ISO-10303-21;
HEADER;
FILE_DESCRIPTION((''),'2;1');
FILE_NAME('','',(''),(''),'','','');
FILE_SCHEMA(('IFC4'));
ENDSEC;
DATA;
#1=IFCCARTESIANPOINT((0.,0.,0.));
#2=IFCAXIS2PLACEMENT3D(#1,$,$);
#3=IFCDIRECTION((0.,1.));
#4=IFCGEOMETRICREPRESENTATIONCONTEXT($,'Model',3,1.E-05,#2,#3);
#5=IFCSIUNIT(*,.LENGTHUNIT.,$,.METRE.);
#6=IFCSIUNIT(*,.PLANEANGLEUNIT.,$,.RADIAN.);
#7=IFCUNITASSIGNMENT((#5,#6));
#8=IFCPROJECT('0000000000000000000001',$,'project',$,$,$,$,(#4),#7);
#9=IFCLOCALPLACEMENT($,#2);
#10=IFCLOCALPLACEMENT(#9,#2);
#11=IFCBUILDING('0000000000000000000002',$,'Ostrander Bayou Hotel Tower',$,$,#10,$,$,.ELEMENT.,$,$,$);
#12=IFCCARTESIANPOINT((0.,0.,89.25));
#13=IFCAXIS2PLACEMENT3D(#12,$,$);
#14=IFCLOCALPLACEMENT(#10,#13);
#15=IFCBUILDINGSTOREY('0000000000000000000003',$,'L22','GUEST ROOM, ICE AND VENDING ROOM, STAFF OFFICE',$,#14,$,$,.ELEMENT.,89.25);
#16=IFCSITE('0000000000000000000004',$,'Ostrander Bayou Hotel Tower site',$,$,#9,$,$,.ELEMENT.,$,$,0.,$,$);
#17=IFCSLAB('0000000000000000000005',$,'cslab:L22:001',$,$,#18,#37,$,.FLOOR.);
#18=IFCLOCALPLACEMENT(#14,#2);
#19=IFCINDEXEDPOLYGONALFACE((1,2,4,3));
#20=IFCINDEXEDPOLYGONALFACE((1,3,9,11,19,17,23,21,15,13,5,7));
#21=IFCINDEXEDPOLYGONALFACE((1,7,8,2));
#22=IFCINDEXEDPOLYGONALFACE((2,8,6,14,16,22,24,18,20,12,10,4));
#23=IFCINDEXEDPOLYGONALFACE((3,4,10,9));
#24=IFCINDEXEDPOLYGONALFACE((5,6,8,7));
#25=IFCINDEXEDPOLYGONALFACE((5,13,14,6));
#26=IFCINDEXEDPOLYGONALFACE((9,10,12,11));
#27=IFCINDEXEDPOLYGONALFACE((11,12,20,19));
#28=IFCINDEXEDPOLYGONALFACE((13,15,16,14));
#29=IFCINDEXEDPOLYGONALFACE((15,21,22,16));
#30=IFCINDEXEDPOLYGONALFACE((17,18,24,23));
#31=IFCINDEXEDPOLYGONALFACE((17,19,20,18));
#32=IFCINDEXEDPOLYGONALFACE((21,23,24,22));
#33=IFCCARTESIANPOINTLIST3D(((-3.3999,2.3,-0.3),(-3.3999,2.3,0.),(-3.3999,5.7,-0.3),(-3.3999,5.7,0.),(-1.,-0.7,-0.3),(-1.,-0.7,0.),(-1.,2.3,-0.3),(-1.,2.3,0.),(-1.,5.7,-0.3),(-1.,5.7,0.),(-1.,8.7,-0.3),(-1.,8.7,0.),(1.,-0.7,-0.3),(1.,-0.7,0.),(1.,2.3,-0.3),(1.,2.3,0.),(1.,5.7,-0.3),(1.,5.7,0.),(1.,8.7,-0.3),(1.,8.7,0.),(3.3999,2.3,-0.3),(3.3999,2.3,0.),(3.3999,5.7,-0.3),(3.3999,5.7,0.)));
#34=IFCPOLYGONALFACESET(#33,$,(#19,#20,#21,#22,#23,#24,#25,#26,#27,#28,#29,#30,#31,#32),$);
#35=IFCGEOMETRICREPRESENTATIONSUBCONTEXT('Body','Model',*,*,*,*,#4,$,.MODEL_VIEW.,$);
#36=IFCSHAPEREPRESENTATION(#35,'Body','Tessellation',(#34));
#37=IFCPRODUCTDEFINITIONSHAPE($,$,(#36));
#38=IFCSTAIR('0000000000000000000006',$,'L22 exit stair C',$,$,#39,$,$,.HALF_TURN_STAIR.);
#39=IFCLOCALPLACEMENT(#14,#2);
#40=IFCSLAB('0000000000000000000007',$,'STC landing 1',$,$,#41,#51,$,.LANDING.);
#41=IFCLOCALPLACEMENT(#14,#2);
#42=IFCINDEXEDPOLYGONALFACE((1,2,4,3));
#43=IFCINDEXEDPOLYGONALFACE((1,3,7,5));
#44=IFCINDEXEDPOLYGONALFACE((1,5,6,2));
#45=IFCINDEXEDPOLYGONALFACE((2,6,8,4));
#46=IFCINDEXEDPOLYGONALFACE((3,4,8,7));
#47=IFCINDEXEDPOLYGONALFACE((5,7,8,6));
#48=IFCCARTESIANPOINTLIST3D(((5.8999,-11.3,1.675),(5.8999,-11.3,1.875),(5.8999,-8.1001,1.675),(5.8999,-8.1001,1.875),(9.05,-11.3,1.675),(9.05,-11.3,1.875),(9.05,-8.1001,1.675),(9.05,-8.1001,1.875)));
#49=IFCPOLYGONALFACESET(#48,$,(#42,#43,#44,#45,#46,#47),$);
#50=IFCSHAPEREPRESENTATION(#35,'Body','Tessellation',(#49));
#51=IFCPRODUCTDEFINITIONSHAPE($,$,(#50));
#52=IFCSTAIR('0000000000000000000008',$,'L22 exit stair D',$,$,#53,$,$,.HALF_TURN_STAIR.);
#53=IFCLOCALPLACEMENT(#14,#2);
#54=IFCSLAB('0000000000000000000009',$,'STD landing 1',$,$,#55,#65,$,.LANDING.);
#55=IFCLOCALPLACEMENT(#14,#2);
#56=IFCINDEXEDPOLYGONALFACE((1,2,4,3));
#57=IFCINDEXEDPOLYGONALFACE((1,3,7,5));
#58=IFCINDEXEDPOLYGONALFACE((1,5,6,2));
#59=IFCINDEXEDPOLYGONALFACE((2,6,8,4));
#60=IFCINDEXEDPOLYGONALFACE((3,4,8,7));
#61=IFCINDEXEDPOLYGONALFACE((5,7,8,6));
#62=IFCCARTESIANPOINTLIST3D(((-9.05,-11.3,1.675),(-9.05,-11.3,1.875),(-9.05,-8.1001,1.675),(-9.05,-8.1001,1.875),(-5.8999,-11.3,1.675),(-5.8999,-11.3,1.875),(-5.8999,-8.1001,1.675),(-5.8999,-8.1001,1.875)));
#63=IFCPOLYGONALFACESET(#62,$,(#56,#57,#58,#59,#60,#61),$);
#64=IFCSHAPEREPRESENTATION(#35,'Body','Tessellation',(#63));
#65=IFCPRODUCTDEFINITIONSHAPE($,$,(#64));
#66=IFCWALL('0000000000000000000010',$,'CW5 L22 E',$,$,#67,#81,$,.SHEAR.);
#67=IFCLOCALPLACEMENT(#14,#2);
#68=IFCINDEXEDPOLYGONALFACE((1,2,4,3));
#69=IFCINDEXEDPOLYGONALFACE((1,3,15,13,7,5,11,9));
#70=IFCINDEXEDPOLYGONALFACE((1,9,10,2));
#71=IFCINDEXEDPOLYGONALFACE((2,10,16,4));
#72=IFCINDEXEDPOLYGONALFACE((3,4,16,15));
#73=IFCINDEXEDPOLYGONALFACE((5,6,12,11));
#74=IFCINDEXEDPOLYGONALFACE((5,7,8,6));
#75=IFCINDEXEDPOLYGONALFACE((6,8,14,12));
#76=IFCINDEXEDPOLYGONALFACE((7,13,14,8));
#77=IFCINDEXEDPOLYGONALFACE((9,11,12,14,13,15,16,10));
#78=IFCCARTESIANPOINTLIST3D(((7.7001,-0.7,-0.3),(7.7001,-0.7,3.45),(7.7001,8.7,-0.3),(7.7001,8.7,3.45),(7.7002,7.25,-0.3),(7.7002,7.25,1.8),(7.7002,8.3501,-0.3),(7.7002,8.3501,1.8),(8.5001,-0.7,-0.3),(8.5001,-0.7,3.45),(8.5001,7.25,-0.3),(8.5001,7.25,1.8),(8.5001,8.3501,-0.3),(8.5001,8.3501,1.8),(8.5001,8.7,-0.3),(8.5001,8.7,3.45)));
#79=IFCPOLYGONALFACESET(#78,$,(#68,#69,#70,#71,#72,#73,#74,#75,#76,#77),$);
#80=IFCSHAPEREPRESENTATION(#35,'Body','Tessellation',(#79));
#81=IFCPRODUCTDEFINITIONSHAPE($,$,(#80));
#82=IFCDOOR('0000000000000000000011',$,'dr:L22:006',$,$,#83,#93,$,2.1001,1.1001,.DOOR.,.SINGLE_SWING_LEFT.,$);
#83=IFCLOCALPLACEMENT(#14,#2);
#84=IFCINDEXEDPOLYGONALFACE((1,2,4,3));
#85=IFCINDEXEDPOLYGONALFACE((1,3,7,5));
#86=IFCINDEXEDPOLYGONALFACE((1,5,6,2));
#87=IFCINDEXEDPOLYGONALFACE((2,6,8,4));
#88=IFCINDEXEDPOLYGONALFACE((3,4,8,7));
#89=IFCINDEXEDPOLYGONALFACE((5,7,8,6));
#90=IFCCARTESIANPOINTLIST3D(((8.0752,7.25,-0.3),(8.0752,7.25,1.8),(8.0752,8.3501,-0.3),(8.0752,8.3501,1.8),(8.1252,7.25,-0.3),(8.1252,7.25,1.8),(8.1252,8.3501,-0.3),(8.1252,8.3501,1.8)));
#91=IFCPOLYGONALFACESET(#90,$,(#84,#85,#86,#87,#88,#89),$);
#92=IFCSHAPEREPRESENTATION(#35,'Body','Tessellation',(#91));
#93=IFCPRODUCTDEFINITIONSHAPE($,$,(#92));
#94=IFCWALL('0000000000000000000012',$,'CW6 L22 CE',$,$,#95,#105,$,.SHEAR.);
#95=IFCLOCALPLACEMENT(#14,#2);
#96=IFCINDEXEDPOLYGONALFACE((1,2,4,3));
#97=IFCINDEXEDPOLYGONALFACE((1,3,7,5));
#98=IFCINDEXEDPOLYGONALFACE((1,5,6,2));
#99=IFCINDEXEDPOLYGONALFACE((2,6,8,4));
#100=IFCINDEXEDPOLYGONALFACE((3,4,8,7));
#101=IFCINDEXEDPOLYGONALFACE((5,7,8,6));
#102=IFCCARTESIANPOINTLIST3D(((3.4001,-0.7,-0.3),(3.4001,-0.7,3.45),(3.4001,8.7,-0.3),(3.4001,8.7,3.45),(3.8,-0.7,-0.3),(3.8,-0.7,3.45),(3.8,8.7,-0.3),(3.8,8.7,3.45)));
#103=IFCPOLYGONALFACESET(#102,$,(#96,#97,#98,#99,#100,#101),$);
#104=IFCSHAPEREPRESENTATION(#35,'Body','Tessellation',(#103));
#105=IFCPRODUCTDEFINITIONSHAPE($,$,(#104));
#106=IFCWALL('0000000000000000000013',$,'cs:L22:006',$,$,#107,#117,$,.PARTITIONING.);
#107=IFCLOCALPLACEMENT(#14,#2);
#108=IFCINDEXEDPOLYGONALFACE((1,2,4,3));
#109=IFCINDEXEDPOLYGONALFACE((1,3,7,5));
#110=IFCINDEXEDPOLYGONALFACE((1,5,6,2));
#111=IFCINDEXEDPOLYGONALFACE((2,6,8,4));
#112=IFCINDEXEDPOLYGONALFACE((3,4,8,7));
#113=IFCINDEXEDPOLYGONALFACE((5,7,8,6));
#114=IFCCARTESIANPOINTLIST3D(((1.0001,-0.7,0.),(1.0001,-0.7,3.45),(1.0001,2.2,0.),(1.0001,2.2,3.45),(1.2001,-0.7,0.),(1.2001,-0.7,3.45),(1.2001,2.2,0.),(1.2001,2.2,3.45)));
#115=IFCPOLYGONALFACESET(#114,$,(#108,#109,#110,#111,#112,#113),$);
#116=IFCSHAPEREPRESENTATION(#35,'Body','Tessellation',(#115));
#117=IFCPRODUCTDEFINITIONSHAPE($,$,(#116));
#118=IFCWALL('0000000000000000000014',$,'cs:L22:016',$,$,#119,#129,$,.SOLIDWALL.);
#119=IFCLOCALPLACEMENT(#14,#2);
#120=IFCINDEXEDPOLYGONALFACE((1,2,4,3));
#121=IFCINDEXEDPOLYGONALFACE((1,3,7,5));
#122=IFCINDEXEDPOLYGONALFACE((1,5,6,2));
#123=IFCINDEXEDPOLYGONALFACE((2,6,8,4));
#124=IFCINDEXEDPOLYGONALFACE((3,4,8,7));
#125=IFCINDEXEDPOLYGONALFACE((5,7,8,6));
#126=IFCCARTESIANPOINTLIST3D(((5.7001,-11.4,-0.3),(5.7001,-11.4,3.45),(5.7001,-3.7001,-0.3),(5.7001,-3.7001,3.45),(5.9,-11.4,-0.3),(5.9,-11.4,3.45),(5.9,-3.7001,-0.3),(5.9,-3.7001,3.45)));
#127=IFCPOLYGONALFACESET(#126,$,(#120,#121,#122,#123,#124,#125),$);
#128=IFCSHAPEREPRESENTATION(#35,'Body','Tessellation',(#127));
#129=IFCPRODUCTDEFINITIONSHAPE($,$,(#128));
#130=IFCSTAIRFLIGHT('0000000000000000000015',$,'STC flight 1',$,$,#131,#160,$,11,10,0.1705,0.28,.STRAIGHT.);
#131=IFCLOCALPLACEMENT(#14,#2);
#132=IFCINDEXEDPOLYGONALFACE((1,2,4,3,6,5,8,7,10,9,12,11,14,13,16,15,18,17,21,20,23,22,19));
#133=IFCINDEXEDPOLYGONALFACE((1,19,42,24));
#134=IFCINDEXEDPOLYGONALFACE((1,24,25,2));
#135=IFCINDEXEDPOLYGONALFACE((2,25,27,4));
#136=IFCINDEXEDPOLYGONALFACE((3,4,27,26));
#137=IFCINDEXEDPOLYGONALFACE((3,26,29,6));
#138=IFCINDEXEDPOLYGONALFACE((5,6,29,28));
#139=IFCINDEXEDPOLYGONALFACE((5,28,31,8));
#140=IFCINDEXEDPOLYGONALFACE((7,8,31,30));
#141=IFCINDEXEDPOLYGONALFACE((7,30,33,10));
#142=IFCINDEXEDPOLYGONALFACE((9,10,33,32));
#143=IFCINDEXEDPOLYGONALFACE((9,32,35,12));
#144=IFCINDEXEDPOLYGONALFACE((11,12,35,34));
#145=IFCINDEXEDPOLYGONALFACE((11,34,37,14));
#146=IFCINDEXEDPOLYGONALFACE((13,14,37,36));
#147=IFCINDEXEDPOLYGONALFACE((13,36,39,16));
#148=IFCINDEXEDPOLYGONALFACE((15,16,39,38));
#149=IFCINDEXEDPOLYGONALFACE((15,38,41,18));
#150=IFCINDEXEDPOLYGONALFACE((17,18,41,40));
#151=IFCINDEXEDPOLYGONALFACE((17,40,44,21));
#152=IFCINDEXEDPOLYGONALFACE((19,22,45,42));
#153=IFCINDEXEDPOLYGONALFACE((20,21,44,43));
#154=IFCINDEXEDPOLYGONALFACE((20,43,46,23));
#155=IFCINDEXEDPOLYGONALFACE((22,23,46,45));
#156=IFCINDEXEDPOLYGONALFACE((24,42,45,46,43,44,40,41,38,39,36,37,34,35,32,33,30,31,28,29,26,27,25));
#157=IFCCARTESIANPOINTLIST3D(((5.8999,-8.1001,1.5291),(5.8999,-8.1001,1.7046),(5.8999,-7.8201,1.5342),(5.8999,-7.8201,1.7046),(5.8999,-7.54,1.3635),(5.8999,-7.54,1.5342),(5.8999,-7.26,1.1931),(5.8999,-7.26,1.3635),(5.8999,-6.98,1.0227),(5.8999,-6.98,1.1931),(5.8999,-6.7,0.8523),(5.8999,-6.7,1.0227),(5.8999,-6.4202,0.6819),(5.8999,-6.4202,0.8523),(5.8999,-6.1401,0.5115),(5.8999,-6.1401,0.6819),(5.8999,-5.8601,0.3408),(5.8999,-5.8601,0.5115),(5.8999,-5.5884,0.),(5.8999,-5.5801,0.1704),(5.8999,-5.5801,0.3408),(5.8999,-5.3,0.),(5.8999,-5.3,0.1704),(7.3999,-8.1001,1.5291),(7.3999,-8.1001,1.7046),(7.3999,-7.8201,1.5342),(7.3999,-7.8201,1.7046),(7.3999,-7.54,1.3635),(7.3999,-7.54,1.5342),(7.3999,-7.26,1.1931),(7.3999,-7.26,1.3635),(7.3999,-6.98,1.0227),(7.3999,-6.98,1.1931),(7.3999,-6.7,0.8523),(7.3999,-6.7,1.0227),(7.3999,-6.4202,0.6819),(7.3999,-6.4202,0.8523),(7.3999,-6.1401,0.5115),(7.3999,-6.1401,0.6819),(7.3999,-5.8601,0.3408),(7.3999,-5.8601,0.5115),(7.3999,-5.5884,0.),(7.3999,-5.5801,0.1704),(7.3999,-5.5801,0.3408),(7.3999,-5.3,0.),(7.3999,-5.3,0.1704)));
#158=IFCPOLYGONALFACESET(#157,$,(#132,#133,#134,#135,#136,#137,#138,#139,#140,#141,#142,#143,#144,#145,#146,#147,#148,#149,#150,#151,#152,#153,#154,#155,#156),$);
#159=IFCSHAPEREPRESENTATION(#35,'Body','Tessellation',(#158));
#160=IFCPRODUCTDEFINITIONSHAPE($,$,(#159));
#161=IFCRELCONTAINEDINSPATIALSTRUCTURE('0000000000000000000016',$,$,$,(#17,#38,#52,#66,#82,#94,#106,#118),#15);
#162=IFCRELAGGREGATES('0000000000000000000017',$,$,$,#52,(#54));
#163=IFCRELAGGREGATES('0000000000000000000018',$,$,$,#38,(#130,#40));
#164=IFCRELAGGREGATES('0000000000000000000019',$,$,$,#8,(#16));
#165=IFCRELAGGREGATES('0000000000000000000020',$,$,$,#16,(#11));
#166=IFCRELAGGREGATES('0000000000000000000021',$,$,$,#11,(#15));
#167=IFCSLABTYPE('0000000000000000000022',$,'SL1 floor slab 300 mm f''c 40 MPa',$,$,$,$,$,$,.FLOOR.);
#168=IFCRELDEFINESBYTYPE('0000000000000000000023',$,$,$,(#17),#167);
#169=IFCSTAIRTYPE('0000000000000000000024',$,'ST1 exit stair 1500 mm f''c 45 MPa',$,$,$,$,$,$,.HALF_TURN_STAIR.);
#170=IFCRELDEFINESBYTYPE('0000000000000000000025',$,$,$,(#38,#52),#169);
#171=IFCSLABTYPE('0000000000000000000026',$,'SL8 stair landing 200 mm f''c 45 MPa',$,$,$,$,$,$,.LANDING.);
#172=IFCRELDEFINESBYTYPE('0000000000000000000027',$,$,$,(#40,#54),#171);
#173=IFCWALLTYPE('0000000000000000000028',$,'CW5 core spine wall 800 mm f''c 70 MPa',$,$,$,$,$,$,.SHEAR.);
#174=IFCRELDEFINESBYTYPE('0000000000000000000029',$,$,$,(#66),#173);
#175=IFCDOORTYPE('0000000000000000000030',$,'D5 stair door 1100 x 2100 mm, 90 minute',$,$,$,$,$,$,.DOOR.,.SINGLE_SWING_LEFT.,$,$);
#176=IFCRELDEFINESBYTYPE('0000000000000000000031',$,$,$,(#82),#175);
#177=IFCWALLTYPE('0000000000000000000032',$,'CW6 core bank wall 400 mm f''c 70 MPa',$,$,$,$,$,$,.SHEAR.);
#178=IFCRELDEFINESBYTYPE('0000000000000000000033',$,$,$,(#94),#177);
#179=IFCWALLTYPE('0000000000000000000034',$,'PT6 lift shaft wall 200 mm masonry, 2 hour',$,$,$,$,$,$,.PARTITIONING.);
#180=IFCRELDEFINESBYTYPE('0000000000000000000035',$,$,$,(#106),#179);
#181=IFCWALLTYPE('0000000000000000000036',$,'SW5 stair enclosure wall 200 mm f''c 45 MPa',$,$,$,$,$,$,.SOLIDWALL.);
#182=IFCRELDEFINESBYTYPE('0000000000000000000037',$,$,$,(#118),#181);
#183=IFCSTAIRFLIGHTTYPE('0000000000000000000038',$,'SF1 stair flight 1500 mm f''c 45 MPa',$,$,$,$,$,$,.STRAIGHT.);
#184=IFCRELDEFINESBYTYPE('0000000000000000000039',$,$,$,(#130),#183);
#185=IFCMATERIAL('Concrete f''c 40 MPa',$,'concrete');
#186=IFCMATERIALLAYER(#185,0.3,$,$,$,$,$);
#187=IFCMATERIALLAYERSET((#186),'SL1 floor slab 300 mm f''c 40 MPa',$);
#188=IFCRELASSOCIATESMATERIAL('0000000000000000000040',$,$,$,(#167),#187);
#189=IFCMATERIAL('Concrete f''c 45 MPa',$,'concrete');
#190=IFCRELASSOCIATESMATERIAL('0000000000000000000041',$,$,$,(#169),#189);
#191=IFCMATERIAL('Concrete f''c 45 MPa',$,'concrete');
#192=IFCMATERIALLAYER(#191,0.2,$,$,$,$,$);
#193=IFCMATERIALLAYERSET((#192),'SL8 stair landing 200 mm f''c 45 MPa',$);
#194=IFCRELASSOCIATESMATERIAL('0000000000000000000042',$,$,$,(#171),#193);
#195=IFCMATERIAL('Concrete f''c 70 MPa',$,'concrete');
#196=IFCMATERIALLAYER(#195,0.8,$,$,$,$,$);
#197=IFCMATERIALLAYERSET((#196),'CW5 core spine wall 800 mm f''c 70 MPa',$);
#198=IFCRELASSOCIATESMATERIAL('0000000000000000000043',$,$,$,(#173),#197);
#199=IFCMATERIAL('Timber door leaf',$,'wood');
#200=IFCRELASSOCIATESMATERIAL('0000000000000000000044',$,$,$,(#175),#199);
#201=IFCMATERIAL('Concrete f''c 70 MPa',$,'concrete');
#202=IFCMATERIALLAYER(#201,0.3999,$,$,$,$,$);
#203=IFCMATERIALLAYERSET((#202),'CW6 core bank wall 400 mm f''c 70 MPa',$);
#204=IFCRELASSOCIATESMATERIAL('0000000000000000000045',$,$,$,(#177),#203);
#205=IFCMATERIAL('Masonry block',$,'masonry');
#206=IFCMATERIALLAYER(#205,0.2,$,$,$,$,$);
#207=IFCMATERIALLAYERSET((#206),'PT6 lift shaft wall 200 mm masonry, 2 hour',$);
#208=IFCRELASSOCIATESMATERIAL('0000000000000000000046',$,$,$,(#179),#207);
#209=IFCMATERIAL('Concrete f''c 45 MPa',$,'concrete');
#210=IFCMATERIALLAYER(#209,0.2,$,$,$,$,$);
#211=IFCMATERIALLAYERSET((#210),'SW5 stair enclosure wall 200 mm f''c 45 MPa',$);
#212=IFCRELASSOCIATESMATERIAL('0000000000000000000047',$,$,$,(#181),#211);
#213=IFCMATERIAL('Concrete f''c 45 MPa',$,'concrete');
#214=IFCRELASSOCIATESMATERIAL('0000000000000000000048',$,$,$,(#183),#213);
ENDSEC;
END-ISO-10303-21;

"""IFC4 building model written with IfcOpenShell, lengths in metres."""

from ifc_helpers import new_model, si_unit, direction, frame, frame_2d, origin, place, context, subcontext, project, spatial, polyline, rectangle, outline, extrude, material, layer, layer_set, type_object, element, fill, aggregate, save


model = new_model("IFC4")

# Units and contexts
model_context = context("Model", 3, precision=1e-05, world=origin(), true_north=direction((0.0, 1.0)))
body_context = subcontext(model_context, "Body", "Model", "MODEL_VIEW")
ifc_project = project(units=[si_unit("LENGTHUNIT", "METRE"), si_unit("PLANEANGLEUNIT", "RADIAN")], contexts=[model_context])

# Site, building, storey
site_placement = place(None, origin())
site = spatial("IfcSite", under=ifc_project, at=site_placement, Name="Ostrander Bayou Hotel Tower site", CompositionType="ELEMENT", RefElevation=0.0)
building_placement = place(site_placement, origin())
building = spatial("IfcBuilding", under=site, at=building_placement, Name="Ostrander Bayou Hotel Tower", CompositionType="ELEMENT")
storey_placement = place(building_placement, frame((0.0, 0.0, 89.25)))
storey = spatial("IfcBuildingStorey", under=building, at=storey_placement, Name="L22", Description="GUEST ROOM, ICE AND VENDING ROOM, STAFF OFFICE", CompositionType="ELEMENT", Elevation=89.25)

# Slab
ifc_material_1 = material(Name="Concrete f'c 40 MPa", Category="concrete")
ifc_layer_1 = layer(ifc_material_1, 0.3)
ifc_layer_set_1 = layer_set([ifc_layer_1], Name="SL1 floor slab 300 mm f'c 40 MPa")
slab_type_1 = type_object("IfcSlabType", Name="SL1 floor slab 300 mm f'c 40 MPa", PredefinedType="FLOOR", material=ifc_layer_set_1)
slab_1_placement = place(storey_placement, frame((0.0, 0.0, -0.3)))
element("IfcSlab", 1, at=slab_1_placement, inside=storey, type_object=slab_type_1, Name="cslab:L22:001", PredefinedType="FLOOR", context=body_context, shape_type="SweptSolid", body=[
    extrude(outline(polyline([(-3.3999, 5.7), (-1.0, 5.7), (-1.0, 8.7), (1.0, 8.7), (1.0, 5.7), (3.3999, 5.7), (3.3999, 2.3), (1.0, 2.3), (1.0, -0.7), (-1.0, -0.7), (-1.0, 2.3), (-3.3999, 2.3), (-3.3999, 5.7)])), origin(), (0.0, 0.0, 1.0), 0.3),
])

# Stairs, slabs
ifc_material_2 = material(Name="Concrete f'c 45 MPa", Category="concrete")
stair_type = type_object("IfcStairType", Name="ST1 exit stair 1500 mm f'c 45 MPa", PredefinedType="HALF_TURN_STAIR", material=ifc_material_2)
stair_1_placement = place(storey_placement, origin())
stair_1 = element("IfcStair", 2, at=stair_1_placement, inside=storey, type_object=stair_type, Name="L22 exit stair C", PredefinedType="HALF_TURN_STAIR")
ifc_material_3 = material(Name="Concrete f'c 45 MPa", Category="concrete")
ifc_layer_2 = layer(ifc_material_3, 0.2)
ifc_layer_set_2 = layer_set([ifc_layer_2], Name="SL8 stair landing 200 mm f'c 45 MPa")
slab_type_2 = type_object("IfcSlabType", Name="SL8 stair landing 200 mm f'c 45 MPa", PredefinedType="LANDING", material=ifc_layer_set_2)
slab_2_placement = place(storey_placement, frame((0.0, 0.0, 1.675)))
slab_2 = element("IfcSlab", 3, at=slab_2_placement, type_object=slab_type_2, Name="STC landing 1", PredefinedType="LANDING", context=body_context, shape_type="SweptSolid", body=[
    extrude(outline(polyline([(5.8999, -8.1001), (5.8999, -11.3), (9.05, -11.3), (9.05, -8.1001), (5.8999, -8.1001)])), origin(), (0.0, 0.0, 1.0), 0.2),
])
stair_2_placement = place(storey_placement, origin())
stair_2 = element("IfcStair", 4, at=stair_2_placement, inside=storey, type_object=stair_type, Name="L22 exit stair D", PredefinedType="HALF_TURN_STAIR")
slab_3_placement = place(storey_placement, frame((0.0, 0.0, 1.675)))
slab_3 = element("IfcSlab", 5, at=slab_3_placement, type_object=slab_type_2, Name="STD landing 1", PredefinedType="LANDING", context=body_context, shape_type="SweptSolid", body=[
    extrude(outline(polyline([(-9.05, -8.1001), (-9.05, -11.3), (-5.8999, -11.3), (-5.8999, -8.1001), (-9.05, -8.1001)])), origin(), (0.0, 0.0, 1.0), 0.2),
])
aggregate(stair_2, [slab_3])

# Wall, opening, door
ifc_material_4 = material(Name="Concrete f'c 70 MPa", Category="concrete")
ifc_layer_3 = layer(ifc_material_4, 0.8)
ifc_layer_set_3 = layer_set([ifc_layer_3], Name="CW5 core spine wall 800 mm f'c 70 MPa")
wall_type_1 = type_object("IfcWallType", Name="CW5 core spine wall 800 mm f'c 70 MPa", PredefinedType="SHEAR", material=ifc_layer_set_3)
wall_1_placement = place(storey_placement, frame((8.1001, -0.7, -0.3), z_axis=(0.0, 0.0, 1.0), x_axis=(0.0, 1.0, 0.0)))
wall_1 = element("IfcWall", 6, at=wall_1_placement, inside=storey, type_object=wall_type_1, Name="CW5 L22 E", PredefinedType="SHEAR", context=body_context, shape_type="SweptSolid", body=[
    extrude(rectangle(XDim=9.3999, YDim=0.8, at=frame_2d((4.7, 0.0))), origin(), (0.0, 0.0, 1.0), 3.75),
])
opening_1_placement = place(wall_1_placement, frame((7.95, 0.0, 0.0)))
opening_1 = element("IfcOpeningElement", 7, at=opening_1_placement, cuts=wall_1, PredefinedType="OPENING", context=body_context, shape_type="SweptSolid", body=[
    extrude(rectangle(XDim=1.1001, YDim=2.1001, at=frame_2d((0.55, 1.05))), frame((0.0, 0.3999, 0.0), z_axis=(0.0, -1.0, 0.0), x_axis=(1.0, 0.0, 0.0)), (0.0, 0.0, 1.0), 0.8),
])
ifc_material_5 = material(Name="Timber door leaf", Category="wood")
door_type = type_object("IfcDoorType", Name="D5 stair door 1100 x 2100 mm, 90 minute", OperationType="SINGLE_SWING_LEFT", PredefinedType="DOOR", material=ifc_material_5)
door_1_placement = place(opening_1_placement, origin())
door_1 = element("IfcDoor", 8, at=door_1_placement, inside=storey, type_object=door_type, Name="dr:L22:006", OperationType="SINGLE_SWING_LEFT", OverallHeight=2.1001, OverallWidth=1.1001, PredefinedType="DOOR", context=body_context, shape_type="SweptSolid", body=[
    extrude(rectangle(XDim=1.1001, YDim=2.1001, at=frame_2d((0.55, 1.05))), frame((0.0, 0.0249, 0.0), z_axis=(0.0, -1.0, 0.0), x_axis=(1.0, 0.0, 0.0)), (0.0, 0.0, 1.0), 0.05),
])
fill(opening_1, door_1)

# Walls
ifc_material_6 = material(Name="Concrete f'c 70 MPa", Category="concrete")
ifc_layer_4 = layer(ifc_material_6, 0.3999)
ifc_layer_set_4 = layer_set([ifc_layer_4], Name="CW6 core bank wall 400 mm f'c 70 MPa")
wall_type_2 = type_object("IfcWallType", Name="CW6 core bank wall 400 mm f'c 70 MPa", PredefinedType="SHEAR", material=ifc_layer_set_4)
wall_2_placement = place(storey_placement, frame((3.6001, -0.7, -0.3), z_axis=(0.0, 0.0, 1.0), x_axis=(0.0, 1.0, 0.0)))
element("IfcWall", 9, at=wall_2_placement, inside=storey, type_object=wall_type_2, Name="CW6 L22 CE", PredefinedType="SHEAR", context=body_context, shape_type="SweptSolid", body=[
    extrude(rectangle(XDim=9.3999, YDim=0.3999, at=frame_2d((4.7, 0.0))), origin(), (0.0, 0.0, 1.0), 3.75),
])
ifc_material_7 = material(Name="Masonry block", Category="masonry")
ifc_layer_5 = layer(ifc_material_7, 0.2)
ifc_layer_set_5 = layer_set([ifc_layer_5], Name="PT6 lift shaft wall 200 mm masonry, 2 hour")
wall_type_3 = type_object("IfcWallType", Name="PT6 lift shaft wall 200 mm masonry, 2 hour", PredefinedType="PARTITIONING", material=ifc_layer_set_5)
wall_3_placement = place(storey_placement, frame((1.1001, -0.7, 0.0), z_axis=(0.0, 0.0, 1.0), x_axis=(0.0, 1.0, 0.0)))
element("IfcWall", 10, at=wall_3_placement, inside=storey, type_object=wall_type_3, Name="cs:L22:006", PredefinedType="PARTITIONING", context=body_context, shape_type="SweptSolid", body=[
    extrude(rectangle(XDim=2.8999, YDim=0.2, at=frame_2d((1.45, 0.0))), origin(), (0.0, 0.0, 1.0), 3.45),
])

# Shared definitions
ifc_material_8 = material(Name="Concrete f'c 45 MPa", Category="concrete")
ifc_layer_6 = layer(ifc_material_8, 0.2)
ifc_layer_set_6 = layer_set([ifc_layer_6], Name="SW5 stair enclosure wall 200 mm f'c 45 MPa")
wall_type_4 = type_object("IfcWallType", Name="SW5 stair enclosure wall 200 mm f'c 45 MPa", PredefinedType="SOLIDWALL", material=ifc_layer_set_6)

# Wall
wall_4_placement = place(storey_placement, frame((5.8, -3.7, -0.3), z_axis=(0.0, 0.0, 1.0), x_axis=(0.0, -1.0, 0.0)))
element("IfcWall", 11, at=wall_4_placement, inside=storey, type_object=wall_type_4, Name="cs:L22:016", PredefinedType="SOLIDWALL", context=body_context, shape_type="SweptSolid", body=[
    extrude(rectangle(XDim=7.7, YDim=0.2, at=frame_2d((3.8501, 0.0))), origin(), (0.0, 0.0, 1.0), 3.75),
])

# Stair flight
ifc_material_9 = material(Name="Concrete f'c 45 MPa", Category="concrete")
stair_flight_type = type_object("IfcStairFlightType", Name="SF1 stair flight 1500 mm f'c 45 MPa", PredefinedType="STRAIGHT", material=ifc_material_9)
stair_flight_placement = place(storey_placement, frame((6.6499, -5.3, 0.0), z_axis=(0.0, 0.0, 1.0), x_axis=(0.0, -1.0, 0.0)))
stair_flight = element("IfcStairFlight", 12, at=stair_flight_placement, type_object=stair_flight_type, Name="STC flight 1", NumberOfRisers=11, NumberOfTreads=10, PredefinedType="STRAIGHT", RiserHeight=0.1705, TreadLength=0.28, context=body_context, shape_type="SweptSolid", body=[
    extrude(outline(polyline([(0.0, 0.0), (0.0, 0.1704), (0.28, 0.1704), (0.28, 0.3408), (0.5601, 0.3408), (0.5601, 0.5115), (0.8401, 0.5115), (0.8401, 0.6819), (1.1201, 0.6819), (1.1201, 0.8523), (1.3999, 0.8523), (1.3999, 1.0227), (1.6799, 1.0227), (1.6799, 1.1931), (1.96, 1.1931), (1.96, 1.3635), (2.24, 1.3635), (2.24, 1.5342), (2.52, 1.5342), (2.52, 1.7046), (2.8, 1.7046), (2.8, 1.875), (2.8, 1.5291), (0.2883, 0.0), (0.0, 0.0)])), frame((0.0, 0.75, 0.0), z_axis=(0.0, -1.0, 0.0), x_axis=(1.0, 0.0, 0.0)), (0.0, 0.0, 1.0), 1.5),
])
aggregate(stair_1, [stair_flight, slab_2])

save(model, "model.ifc")
